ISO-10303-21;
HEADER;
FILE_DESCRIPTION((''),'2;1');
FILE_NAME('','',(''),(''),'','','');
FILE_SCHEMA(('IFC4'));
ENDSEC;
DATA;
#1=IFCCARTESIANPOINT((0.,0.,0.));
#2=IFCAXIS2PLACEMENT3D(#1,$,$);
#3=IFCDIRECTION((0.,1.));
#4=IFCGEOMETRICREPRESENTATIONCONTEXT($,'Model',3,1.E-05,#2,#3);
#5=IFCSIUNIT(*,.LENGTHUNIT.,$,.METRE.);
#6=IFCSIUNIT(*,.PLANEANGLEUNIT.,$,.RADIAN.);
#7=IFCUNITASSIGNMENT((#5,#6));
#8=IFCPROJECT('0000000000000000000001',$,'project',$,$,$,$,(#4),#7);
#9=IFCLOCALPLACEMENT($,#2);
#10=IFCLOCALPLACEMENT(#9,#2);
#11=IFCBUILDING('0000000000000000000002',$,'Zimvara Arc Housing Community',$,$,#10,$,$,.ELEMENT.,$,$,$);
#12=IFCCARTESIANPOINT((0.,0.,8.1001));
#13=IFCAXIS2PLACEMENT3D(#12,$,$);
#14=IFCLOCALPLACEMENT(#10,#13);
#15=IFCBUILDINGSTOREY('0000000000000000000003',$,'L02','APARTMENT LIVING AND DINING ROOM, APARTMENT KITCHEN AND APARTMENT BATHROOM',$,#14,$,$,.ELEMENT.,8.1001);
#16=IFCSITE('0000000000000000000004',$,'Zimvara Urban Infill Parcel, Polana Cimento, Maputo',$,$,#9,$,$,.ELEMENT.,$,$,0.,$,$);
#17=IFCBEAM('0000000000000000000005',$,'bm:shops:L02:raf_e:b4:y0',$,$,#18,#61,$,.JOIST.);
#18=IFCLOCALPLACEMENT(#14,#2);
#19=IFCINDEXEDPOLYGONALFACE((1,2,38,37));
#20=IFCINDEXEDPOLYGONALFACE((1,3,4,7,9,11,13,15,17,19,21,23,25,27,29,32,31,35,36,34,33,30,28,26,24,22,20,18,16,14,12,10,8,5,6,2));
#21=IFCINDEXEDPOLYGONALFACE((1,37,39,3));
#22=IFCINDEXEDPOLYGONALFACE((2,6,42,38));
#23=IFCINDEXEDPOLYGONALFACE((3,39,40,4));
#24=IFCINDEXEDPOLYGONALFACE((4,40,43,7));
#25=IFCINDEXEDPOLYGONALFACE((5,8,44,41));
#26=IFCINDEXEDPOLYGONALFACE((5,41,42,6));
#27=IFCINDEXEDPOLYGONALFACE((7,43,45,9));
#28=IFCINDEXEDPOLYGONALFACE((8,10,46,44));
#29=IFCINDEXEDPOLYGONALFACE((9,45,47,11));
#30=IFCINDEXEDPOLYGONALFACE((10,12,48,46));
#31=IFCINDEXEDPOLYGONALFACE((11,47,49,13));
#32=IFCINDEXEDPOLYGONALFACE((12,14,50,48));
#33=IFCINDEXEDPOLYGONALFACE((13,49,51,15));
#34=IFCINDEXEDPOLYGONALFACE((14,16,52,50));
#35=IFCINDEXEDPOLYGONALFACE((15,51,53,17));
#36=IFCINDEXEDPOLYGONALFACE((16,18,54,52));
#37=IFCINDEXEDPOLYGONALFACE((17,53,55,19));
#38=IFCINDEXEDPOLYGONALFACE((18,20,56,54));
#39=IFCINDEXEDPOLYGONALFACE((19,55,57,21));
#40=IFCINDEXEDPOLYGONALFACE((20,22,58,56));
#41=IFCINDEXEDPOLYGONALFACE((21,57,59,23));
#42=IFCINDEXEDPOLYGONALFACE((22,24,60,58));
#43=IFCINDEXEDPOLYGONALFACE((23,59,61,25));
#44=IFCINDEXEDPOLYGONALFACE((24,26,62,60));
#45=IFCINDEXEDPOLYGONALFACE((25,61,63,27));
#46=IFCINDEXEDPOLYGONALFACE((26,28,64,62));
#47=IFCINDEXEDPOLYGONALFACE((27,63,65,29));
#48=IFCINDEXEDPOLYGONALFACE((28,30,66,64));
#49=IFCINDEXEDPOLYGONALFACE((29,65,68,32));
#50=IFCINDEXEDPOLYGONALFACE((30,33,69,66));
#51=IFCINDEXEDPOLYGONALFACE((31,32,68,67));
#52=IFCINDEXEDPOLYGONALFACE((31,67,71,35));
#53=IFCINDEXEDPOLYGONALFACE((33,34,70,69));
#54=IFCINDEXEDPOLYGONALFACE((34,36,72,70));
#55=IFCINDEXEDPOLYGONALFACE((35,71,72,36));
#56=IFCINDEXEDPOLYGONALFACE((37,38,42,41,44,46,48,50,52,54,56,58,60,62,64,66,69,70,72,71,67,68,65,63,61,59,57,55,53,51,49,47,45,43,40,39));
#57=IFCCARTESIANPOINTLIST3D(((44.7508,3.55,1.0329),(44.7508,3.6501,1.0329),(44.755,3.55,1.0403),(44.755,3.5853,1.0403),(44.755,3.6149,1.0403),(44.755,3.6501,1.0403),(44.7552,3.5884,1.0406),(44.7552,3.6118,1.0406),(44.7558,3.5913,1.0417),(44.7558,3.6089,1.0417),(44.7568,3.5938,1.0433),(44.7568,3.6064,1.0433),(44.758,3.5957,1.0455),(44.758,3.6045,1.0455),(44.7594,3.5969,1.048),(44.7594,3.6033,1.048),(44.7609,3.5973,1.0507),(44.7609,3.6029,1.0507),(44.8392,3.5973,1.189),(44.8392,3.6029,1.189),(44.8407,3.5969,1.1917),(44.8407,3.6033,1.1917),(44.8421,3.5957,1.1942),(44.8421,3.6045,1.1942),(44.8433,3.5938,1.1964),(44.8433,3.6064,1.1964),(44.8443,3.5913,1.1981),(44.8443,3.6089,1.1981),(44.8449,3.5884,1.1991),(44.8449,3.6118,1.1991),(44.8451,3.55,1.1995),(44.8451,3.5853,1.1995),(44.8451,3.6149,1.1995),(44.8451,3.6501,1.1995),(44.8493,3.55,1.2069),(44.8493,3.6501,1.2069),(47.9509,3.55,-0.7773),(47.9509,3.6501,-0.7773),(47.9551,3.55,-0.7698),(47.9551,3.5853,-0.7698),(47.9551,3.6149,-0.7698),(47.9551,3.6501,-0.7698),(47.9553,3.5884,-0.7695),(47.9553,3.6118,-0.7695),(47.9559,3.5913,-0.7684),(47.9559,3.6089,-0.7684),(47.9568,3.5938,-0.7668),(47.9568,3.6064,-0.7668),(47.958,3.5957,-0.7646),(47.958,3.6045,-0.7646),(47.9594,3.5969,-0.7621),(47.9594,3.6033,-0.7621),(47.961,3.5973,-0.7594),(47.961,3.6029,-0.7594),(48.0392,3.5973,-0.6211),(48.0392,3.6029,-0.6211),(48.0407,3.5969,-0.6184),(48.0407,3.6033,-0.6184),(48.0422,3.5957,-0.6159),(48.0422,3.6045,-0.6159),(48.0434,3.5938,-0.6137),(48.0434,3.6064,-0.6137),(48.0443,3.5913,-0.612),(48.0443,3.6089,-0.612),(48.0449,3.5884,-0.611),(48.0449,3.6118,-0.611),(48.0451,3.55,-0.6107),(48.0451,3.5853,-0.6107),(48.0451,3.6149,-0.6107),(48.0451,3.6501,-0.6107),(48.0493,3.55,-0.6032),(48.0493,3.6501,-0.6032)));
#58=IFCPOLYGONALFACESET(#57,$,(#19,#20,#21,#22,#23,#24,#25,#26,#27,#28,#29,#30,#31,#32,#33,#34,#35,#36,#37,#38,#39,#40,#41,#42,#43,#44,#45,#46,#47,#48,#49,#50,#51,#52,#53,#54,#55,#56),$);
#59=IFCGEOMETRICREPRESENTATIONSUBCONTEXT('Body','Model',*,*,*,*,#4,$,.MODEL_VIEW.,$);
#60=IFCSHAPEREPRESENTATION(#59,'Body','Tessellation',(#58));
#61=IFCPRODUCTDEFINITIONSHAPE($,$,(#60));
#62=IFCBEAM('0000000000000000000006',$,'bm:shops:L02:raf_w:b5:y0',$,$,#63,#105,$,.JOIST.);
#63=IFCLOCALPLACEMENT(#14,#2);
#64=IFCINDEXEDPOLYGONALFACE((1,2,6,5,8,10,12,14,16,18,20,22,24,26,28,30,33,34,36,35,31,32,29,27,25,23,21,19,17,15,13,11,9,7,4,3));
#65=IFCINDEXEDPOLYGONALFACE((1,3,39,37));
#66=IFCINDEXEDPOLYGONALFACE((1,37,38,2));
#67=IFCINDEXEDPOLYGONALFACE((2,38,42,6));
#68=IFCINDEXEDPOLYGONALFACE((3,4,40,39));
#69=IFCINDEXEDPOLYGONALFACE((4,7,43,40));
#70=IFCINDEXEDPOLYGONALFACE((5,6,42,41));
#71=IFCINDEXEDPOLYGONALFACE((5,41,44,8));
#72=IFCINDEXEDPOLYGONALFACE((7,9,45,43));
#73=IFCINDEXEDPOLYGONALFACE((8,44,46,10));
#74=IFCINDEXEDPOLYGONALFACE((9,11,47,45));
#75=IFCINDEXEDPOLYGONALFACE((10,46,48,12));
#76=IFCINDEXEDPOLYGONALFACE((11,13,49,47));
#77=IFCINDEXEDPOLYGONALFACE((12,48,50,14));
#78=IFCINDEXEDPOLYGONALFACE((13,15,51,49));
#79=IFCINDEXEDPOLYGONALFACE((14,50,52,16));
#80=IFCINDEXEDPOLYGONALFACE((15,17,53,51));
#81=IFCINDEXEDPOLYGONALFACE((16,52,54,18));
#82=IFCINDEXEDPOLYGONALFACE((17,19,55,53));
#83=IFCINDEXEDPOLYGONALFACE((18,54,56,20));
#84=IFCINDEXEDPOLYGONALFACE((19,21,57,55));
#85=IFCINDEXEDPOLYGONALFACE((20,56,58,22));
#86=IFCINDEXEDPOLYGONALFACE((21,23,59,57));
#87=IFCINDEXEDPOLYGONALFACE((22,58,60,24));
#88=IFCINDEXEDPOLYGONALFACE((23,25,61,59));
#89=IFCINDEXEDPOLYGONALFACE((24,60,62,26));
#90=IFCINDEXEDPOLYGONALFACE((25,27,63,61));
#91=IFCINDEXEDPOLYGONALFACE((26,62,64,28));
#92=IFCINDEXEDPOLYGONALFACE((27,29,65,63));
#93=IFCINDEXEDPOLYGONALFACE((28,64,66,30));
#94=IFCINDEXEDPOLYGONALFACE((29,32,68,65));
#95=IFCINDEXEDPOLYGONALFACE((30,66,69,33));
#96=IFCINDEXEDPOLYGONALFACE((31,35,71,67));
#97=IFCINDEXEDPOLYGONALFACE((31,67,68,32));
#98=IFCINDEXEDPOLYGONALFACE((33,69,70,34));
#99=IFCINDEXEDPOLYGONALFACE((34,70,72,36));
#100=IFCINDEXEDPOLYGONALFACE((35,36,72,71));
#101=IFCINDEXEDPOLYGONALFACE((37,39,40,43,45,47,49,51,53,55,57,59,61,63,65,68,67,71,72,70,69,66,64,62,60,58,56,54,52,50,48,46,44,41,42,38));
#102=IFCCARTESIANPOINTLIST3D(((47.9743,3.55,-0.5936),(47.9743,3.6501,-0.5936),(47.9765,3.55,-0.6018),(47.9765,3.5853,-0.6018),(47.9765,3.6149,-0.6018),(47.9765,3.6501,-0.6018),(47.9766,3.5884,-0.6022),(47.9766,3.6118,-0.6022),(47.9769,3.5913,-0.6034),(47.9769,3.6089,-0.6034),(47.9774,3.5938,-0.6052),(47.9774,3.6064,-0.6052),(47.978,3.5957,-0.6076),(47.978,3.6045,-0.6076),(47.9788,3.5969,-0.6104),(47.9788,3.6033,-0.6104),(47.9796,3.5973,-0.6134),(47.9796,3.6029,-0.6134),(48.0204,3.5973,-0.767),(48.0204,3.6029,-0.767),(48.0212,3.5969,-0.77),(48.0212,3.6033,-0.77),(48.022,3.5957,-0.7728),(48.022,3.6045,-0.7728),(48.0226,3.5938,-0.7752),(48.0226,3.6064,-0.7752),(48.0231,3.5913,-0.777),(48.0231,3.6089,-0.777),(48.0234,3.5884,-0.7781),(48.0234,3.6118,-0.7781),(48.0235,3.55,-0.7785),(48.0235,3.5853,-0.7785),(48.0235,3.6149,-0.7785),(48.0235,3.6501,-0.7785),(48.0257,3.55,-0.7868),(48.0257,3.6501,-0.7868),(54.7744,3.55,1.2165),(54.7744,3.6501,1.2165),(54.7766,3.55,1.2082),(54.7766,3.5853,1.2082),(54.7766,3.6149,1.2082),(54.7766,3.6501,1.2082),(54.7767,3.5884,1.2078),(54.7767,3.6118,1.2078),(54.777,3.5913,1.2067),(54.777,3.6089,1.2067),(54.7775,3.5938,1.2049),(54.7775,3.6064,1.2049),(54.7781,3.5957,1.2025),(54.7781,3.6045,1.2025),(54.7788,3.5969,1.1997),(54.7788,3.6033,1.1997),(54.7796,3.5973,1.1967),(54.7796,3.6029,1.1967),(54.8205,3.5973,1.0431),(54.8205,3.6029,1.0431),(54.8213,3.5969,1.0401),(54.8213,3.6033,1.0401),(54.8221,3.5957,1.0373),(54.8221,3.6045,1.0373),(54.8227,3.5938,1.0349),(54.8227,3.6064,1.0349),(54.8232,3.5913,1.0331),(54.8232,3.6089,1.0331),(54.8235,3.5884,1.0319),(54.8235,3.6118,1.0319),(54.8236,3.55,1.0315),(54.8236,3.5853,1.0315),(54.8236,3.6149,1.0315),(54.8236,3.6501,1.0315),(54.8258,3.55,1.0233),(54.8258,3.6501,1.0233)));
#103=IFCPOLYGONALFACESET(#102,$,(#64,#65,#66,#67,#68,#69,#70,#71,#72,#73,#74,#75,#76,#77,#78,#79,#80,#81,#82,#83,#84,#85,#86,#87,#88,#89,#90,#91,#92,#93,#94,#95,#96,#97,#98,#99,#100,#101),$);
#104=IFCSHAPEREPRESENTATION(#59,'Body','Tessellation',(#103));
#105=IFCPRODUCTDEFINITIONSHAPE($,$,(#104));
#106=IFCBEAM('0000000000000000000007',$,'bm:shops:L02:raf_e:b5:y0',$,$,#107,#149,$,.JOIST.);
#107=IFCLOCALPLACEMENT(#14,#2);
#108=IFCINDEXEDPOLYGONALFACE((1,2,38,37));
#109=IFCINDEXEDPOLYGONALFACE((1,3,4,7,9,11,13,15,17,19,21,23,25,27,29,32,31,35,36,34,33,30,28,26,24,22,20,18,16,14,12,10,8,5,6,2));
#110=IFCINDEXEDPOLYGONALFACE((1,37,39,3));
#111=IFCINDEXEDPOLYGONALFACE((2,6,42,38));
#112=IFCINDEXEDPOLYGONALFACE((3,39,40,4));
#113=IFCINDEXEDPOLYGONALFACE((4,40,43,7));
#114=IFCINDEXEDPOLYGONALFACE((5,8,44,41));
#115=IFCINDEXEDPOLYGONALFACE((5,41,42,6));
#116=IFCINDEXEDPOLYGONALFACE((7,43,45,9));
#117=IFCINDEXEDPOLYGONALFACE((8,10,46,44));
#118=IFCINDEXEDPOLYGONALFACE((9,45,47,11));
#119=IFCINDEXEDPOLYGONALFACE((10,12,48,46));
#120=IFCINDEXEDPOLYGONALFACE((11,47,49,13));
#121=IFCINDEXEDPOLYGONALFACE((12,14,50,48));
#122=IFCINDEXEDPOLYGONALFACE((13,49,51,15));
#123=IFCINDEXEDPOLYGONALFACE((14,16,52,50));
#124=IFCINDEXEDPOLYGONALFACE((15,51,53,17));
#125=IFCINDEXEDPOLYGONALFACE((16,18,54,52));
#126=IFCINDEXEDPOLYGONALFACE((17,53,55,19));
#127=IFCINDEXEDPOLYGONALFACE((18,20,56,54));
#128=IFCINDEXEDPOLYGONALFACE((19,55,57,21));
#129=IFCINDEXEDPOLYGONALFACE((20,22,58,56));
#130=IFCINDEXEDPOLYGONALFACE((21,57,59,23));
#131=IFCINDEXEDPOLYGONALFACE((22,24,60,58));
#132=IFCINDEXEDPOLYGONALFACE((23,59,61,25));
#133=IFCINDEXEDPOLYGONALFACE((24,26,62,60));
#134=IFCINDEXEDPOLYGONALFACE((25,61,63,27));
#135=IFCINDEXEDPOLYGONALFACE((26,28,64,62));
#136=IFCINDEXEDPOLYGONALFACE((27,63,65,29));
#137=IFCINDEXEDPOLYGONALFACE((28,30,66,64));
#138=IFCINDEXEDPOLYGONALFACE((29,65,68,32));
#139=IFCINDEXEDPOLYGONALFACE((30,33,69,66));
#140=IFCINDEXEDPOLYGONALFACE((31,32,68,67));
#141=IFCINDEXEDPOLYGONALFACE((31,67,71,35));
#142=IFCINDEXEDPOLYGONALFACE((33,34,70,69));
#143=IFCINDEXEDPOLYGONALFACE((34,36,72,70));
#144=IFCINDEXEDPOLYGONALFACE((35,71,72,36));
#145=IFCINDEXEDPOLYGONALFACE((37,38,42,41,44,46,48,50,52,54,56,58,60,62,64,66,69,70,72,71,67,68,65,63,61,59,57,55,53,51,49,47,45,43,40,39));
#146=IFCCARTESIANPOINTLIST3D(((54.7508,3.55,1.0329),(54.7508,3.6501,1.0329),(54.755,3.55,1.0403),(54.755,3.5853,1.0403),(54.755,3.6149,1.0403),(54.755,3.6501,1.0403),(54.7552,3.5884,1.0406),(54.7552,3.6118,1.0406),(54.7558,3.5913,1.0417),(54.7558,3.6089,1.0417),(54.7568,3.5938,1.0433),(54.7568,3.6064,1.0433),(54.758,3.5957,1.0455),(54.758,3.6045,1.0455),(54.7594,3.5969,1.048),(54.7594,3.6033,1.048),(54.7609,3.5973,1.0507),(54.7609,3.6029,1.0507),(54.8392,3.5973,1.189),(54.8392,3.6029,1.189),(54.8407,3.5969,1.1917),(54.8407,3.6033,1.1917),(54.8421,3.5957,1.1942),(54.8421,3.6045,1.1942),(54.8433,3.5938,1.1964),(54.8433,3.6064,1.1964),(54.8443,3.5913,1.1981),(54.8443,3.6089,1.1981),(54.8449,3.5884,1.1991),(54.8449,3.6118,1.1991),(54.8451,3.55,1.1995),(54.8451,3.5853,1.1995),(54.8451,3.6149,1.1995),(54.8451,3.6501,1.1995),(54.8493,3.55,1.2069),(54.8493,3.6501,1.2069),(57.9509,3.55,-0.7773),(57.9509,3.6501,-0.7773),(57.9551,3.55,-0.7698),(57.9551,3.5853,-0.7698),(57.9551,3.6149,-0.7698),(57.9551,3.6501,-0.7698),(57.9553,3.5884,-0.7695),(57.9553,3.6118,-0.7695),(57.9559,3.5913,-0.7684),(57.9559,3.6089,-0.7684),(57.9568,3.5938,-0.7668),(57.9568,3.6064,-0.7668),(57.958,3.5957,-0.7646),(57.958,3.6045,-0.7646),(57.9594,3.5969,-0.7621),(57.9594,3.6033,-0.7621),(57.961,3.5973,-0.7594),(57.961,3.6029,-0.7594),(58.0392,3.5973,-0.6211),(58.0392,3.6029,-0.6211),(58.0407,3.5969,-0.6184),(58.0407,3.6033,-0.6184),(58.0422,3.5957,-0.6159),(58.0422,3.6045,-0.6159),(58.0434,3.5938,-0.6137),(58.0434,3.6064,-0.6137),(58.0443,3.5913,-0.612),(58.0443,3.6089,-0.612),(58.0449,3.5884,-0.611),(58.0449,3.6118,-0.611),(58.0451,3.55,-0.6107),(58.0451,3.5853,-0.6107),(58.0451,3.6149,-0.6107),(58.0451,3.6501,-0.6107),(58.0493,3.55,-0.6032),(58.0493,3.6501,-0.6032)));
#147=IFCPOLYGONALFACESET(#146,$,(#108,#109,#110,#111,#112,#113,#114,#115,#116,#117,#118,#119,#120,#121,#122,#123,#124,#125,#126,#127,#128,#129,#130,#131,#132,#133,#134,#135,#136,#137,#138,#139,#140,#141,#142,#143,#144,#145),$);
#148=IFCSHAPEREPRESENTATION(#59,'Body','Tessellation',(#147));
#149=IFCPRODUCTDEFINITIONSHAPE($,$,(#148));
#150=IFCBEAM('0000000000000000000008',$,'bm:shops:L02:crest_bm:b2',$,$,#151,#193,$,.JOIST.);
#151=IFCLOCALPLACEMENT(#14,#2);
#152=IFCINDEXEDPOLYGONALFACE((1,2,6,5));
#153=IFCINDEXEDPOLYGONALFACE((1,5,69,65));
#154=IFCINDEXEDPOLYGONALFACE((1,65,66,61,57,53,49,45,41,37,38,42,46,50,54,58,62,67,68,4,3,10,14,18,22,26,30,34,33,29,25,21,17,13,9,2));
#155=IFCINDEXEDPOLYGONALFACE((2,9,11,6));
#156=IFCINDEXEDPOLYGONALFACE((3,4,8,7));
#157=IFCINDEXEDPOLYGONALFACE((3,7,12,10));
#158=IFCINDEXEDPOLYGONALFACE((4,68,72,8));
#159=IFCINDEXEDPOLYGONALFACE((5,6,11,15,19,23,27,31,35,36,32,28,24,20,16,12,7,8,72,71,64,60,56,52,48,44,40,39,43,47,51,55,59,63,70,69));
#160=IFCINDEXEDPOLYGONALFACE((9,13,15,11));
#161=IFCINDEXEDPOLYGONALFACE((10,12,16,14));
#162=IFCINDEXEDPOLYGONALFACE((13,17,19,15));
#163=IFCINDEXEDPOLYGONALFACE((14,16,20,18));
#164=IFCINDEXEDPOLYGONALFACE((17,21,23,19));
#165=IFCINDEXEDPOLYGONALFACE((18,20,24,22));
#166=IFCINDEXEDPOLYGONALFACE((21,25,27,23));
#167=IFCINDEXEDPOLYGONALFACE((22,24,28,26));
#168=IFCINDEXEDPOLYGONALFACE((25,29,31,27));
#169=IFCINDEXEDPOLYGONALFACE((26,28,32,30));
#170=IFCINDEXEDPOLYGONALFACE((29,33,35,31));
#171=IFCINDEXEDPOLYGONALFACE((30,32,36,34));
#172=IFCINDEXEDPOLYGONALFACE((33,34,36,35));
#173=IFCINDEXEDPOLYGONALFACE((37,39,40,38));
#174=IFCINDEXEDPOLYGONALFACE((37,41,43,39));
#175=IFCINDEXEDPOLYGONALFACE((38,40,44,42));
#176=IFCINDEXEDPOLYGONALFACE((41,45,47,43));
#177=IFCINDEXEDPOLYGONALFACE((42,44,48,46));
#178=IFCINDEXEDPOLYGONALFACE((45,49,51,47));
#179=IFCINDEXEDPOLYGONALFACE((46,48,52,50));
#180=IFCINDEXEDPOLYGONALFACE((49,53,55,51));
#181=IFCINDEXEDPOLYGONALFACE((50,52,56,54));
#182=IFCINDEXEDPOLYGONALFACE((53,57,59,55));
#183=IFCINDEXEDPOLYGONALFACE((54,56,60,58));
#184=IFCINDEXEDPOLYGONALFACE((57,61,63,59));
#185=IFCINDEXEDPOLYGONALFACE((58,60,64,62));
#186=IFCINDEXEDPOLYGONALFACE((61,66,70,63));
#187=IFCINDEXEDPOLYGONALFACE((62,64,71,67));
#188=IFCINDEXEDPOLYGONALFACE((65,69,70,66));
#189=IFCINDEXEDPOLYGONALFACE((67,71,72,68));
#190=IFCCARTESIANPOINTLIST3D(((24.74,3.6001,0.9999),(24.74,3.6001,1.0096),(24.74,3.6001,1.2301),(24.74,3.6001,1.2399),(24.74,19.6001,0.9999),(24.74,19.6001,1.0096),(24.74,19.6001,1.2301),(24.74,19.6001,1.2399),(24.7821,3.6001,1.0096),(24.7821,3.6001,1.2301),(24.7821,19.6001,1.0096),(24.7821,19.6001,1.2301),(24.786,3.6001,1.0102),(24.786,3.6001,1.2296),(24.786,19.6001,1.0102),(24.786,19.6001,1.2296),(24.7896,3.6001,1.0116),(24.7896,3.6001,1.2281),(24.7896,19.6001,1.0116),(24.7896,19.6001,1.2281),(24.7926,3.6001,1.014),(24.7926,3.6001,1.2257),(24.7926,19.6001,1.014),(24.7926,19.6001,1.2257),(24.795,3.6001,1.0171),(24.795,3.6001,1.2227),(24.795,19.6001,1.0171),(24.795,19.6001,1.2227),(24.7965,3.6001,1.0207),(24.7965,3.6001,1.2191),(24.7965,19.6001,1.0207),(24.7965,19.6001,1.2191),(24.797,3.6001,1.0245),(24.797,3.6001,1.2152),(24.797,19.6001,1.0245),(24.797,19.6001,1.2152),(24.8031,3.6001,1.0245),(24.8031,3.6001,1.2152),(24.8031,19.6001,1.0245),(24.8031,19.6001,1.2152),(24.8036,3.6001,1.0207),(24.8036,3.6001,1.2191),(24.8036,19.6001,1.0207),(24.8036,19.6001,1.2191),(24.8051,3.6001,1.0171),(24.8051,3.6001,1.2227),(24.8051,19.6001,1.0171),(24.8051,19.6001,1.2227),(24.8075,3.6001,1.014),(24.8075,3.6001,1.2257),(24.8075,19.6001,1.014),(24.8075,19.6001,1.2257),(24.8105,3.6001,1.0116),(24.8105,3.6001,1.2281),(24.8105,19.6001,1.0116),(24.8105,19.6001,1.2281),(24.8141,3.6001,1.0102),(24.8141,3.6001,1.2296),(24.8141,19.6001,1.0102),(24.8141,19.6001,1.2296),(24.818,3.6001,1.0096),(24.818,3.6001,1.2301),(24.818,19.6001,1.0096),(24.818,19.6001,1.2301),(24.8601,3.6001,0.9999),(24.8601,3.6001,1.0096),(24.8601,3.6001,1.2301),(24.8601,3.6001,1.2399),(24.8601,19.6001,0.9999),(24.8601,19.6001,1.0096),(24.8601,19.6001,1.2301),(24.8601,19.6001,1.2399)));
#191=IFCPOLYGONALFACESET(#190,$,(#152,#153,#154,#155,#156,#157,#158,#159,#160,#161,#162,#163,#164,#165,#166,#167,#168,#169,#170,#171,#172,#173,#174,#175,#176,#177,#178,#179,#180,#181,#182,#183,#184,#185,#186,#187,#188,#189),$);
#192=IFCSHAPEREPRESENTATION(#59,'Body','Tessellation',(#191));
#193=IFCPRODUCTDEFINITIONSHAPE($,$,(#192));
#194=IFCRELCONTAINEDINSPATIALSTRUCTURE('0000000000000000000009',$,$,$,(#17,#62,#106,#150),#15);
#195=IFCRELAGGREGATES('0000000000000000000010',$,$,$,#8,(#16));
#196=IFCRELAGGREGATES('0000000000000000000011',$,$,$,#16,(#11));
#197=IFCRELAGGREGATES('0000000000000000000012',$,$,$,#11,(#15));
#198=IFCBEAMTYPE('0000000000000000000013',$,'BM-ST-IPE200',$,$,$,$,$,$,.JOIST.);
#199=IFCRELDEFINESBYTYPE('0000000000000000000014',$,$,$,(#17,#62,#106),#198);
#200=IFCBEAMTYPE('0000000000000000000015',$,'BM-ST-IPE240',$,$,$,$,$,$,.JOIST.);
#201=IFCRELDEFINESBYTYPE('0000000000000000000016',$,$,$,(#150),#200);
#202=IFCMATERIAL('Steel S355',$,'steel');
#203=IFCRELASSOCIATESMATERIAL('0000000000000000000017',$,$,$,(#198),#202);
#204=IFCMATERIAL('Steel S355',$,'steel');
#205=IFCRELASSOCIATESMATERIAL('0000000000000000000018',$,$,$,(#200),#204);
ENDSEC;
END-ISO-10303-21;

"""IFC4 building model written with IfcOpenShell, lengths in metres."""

from ifc_helpers import new_model, si_unit, direction, frame, origin, origin_2d, place, context, subcontext, project, spatial, i_section, extrude, material, material_profile, profile_set, type_object, element, save


model = new_model("IFC4")

# Units and contexts
model_context = context("Model", 3, precision=1e-05, world=origin(), true_north=direction((0.0, 1.0)))
body_context = subcontext(model_context, "Body", "Model", "MODEL_VIEW")
ifc_project = project(units=[si_unit("LENGTHUNIT", "METRE"), si_unit("PLANEANGLEUNIT", "RADIAN")], contexts=[model_context])

# Site, building, storey
site_placement = place(None, origin())
site = spatial("IfcSite", under=ifc_project, at=site_placement, Name="Zimvara Urban Infill Parcel, Polana Cimento, Maputo", CompositionType="ELEMENT", RefElevation=0.0)
building_placement = place(site_placement, origin())
building = spatial("IfcBuilding", under=site, at=building_placement, Name="Zimvara Arc Housing Community", CompositionType="ELEMENT")
storey_placement = place(building_placement, frame((0.0, 0.0, 8.1001)))
storey = spatial("IfcBuildingStorey", under=building, at=storey_placement, Name="L02", Description="APARTMENT LIVING AND DINING ROOM, APARTMENT KITCHEN AND APARTMENT BATHROOM", CompositionType="ELEMENT", Elevation=8.1001)

# Beams
ifc_material_1 = material(Name="Steel S355", Category="steel")
ifc_material_profile_1 = material_profile(ifc_material_1, i_section(OverallWidth=0.1001, OverallDepth=0.2, WebThickness=0.0056, FlangeThickness=0.0085, FilletRadius=0.012, at=origin_2d()), Name="IPE 200")
ifc_profile_set_1 = profile_set([ifc_material_profile_1], Name="Steel S355")
beam_type_1 = type_object("IfcBeamType", Name="BM-ST-IPE200", PredefinedType="JOIST", material=ifc_profile_set_1)
beam_1_placement = place(storey_placement, frame((44.8, 3.6001, 1.1199), z_axis=(0.870401, 0.0, -0.492344), x_axis=(0.0, 1.0, 0.0)))
element("IfcBeam", 1, at=beam_1_placement, inside=storey, type_object=beam_type_1, Name="bm:shops:L02:raf_e:b4:y0", PredefinedType="JOIST", context=body_context, shape_type="SweptSolid", body=[
    extrude(i_section(OverallWidth=0.1001, OverallDepth=0.2, WebThickness=0.0056, FlangeThickness=0.0085, FilletRadius=0.012, at=origin_2d()), origin(), (0.0, 0.0, 1.0), 3.6765),
])
beam_2_placement = place(storey_placement, frame((48.0, 3.6001, -0.6902), z_axis=(0.966351, 0.0, 0.257226), x_axis=(0.0, 1.0, 0.0)))
element("IfcBeam", 2, at=beam_2_placement, inside=storey, type_object=beam_type_1, Name="bm:shops:L02:raf_w:b5:y0", PredefinedType="JOIST", context=body_context, shape_type="SweptSolid", body=[
    extrude(i_section(OverallWidth=0.1001, OverallDepth=0.2, WebThickness=0.0056, FlangeThickness=0.0085, FilletRadius=0.012, at=origin_2d()), origin(), (0.0, 0.0, 1.0), 7.0369),
])
beam_3_placement = place(storey_placement, frame((54.8, 3.6001, 1.1199), z_axis=(0.870401, 0.0, -0.492344), x_axis=(0.0, 1.0, 0.0)))
element("IfcBeam", 3, at=beam_3_placement, inside=storey, type_object=beam_type_1, Name="bm:shops:L02:raf_e:b5:y0", PredefinedType="JOIST", context=body_context, shape_type="SweptSolid", body=[
    extrude(i_section(OverallWidth=0.1001, OverallDepth=0.2, WebThickness=0.0056, FlangeThickness=0.0085, FilletRadius=0.012, at=origin_2d()), origin(), (0.0, 0.0, 1.0), 3.6765),
])
ifc_material_2 = material(Name="Steel S355", Category="steel")
ifc_material_profile_2 = material_profile(ifc_material_2, i_section(OverallWidth=0.1201, OverallDepth=0.24, WebThickness=0.0061, FlangeThickness=0.0098, FilletRadius=0.0149, at=origin_2d()), Name="IPE 240")
ifc_profile_set_2 = profile_set([ifc_material_profile_2], Name="Steel S355")
beam_type_2 = type_object("IfcBeamType", Name="BM-ST-IPE240", PredefinedType="JOIST", material=ifc_profile_set_2)
for number, where, z_axis, x_axis, name in (
    (4, (24.8, 3.6001, 1.1199), (0.0, 1.0, 0.0), (-1.0, 0.0, 0.0), "bm:shops:L02:crest_bm:b2"),
):
    element("IfcBeam", number, at=place(storey_placement, frame(where, z_axis=z_axis, x_axis=x_axis)), inside=storey, type_object=beam_type_2, Name=name, PredefinedType="JOIST", context=body_context, shape_type="SweptSolid", body=[
        extrude(i_section(OverallWidth=0.1201, OverallDepth=0.24, WebThickness=0.0061, FlangeThickness=0.0098, FilletRadius=0.0149, at=origin_2d()), origin(), (0.0, 0.0, 1.0), 16.0),
    ])

save(model, "model.ifc")
